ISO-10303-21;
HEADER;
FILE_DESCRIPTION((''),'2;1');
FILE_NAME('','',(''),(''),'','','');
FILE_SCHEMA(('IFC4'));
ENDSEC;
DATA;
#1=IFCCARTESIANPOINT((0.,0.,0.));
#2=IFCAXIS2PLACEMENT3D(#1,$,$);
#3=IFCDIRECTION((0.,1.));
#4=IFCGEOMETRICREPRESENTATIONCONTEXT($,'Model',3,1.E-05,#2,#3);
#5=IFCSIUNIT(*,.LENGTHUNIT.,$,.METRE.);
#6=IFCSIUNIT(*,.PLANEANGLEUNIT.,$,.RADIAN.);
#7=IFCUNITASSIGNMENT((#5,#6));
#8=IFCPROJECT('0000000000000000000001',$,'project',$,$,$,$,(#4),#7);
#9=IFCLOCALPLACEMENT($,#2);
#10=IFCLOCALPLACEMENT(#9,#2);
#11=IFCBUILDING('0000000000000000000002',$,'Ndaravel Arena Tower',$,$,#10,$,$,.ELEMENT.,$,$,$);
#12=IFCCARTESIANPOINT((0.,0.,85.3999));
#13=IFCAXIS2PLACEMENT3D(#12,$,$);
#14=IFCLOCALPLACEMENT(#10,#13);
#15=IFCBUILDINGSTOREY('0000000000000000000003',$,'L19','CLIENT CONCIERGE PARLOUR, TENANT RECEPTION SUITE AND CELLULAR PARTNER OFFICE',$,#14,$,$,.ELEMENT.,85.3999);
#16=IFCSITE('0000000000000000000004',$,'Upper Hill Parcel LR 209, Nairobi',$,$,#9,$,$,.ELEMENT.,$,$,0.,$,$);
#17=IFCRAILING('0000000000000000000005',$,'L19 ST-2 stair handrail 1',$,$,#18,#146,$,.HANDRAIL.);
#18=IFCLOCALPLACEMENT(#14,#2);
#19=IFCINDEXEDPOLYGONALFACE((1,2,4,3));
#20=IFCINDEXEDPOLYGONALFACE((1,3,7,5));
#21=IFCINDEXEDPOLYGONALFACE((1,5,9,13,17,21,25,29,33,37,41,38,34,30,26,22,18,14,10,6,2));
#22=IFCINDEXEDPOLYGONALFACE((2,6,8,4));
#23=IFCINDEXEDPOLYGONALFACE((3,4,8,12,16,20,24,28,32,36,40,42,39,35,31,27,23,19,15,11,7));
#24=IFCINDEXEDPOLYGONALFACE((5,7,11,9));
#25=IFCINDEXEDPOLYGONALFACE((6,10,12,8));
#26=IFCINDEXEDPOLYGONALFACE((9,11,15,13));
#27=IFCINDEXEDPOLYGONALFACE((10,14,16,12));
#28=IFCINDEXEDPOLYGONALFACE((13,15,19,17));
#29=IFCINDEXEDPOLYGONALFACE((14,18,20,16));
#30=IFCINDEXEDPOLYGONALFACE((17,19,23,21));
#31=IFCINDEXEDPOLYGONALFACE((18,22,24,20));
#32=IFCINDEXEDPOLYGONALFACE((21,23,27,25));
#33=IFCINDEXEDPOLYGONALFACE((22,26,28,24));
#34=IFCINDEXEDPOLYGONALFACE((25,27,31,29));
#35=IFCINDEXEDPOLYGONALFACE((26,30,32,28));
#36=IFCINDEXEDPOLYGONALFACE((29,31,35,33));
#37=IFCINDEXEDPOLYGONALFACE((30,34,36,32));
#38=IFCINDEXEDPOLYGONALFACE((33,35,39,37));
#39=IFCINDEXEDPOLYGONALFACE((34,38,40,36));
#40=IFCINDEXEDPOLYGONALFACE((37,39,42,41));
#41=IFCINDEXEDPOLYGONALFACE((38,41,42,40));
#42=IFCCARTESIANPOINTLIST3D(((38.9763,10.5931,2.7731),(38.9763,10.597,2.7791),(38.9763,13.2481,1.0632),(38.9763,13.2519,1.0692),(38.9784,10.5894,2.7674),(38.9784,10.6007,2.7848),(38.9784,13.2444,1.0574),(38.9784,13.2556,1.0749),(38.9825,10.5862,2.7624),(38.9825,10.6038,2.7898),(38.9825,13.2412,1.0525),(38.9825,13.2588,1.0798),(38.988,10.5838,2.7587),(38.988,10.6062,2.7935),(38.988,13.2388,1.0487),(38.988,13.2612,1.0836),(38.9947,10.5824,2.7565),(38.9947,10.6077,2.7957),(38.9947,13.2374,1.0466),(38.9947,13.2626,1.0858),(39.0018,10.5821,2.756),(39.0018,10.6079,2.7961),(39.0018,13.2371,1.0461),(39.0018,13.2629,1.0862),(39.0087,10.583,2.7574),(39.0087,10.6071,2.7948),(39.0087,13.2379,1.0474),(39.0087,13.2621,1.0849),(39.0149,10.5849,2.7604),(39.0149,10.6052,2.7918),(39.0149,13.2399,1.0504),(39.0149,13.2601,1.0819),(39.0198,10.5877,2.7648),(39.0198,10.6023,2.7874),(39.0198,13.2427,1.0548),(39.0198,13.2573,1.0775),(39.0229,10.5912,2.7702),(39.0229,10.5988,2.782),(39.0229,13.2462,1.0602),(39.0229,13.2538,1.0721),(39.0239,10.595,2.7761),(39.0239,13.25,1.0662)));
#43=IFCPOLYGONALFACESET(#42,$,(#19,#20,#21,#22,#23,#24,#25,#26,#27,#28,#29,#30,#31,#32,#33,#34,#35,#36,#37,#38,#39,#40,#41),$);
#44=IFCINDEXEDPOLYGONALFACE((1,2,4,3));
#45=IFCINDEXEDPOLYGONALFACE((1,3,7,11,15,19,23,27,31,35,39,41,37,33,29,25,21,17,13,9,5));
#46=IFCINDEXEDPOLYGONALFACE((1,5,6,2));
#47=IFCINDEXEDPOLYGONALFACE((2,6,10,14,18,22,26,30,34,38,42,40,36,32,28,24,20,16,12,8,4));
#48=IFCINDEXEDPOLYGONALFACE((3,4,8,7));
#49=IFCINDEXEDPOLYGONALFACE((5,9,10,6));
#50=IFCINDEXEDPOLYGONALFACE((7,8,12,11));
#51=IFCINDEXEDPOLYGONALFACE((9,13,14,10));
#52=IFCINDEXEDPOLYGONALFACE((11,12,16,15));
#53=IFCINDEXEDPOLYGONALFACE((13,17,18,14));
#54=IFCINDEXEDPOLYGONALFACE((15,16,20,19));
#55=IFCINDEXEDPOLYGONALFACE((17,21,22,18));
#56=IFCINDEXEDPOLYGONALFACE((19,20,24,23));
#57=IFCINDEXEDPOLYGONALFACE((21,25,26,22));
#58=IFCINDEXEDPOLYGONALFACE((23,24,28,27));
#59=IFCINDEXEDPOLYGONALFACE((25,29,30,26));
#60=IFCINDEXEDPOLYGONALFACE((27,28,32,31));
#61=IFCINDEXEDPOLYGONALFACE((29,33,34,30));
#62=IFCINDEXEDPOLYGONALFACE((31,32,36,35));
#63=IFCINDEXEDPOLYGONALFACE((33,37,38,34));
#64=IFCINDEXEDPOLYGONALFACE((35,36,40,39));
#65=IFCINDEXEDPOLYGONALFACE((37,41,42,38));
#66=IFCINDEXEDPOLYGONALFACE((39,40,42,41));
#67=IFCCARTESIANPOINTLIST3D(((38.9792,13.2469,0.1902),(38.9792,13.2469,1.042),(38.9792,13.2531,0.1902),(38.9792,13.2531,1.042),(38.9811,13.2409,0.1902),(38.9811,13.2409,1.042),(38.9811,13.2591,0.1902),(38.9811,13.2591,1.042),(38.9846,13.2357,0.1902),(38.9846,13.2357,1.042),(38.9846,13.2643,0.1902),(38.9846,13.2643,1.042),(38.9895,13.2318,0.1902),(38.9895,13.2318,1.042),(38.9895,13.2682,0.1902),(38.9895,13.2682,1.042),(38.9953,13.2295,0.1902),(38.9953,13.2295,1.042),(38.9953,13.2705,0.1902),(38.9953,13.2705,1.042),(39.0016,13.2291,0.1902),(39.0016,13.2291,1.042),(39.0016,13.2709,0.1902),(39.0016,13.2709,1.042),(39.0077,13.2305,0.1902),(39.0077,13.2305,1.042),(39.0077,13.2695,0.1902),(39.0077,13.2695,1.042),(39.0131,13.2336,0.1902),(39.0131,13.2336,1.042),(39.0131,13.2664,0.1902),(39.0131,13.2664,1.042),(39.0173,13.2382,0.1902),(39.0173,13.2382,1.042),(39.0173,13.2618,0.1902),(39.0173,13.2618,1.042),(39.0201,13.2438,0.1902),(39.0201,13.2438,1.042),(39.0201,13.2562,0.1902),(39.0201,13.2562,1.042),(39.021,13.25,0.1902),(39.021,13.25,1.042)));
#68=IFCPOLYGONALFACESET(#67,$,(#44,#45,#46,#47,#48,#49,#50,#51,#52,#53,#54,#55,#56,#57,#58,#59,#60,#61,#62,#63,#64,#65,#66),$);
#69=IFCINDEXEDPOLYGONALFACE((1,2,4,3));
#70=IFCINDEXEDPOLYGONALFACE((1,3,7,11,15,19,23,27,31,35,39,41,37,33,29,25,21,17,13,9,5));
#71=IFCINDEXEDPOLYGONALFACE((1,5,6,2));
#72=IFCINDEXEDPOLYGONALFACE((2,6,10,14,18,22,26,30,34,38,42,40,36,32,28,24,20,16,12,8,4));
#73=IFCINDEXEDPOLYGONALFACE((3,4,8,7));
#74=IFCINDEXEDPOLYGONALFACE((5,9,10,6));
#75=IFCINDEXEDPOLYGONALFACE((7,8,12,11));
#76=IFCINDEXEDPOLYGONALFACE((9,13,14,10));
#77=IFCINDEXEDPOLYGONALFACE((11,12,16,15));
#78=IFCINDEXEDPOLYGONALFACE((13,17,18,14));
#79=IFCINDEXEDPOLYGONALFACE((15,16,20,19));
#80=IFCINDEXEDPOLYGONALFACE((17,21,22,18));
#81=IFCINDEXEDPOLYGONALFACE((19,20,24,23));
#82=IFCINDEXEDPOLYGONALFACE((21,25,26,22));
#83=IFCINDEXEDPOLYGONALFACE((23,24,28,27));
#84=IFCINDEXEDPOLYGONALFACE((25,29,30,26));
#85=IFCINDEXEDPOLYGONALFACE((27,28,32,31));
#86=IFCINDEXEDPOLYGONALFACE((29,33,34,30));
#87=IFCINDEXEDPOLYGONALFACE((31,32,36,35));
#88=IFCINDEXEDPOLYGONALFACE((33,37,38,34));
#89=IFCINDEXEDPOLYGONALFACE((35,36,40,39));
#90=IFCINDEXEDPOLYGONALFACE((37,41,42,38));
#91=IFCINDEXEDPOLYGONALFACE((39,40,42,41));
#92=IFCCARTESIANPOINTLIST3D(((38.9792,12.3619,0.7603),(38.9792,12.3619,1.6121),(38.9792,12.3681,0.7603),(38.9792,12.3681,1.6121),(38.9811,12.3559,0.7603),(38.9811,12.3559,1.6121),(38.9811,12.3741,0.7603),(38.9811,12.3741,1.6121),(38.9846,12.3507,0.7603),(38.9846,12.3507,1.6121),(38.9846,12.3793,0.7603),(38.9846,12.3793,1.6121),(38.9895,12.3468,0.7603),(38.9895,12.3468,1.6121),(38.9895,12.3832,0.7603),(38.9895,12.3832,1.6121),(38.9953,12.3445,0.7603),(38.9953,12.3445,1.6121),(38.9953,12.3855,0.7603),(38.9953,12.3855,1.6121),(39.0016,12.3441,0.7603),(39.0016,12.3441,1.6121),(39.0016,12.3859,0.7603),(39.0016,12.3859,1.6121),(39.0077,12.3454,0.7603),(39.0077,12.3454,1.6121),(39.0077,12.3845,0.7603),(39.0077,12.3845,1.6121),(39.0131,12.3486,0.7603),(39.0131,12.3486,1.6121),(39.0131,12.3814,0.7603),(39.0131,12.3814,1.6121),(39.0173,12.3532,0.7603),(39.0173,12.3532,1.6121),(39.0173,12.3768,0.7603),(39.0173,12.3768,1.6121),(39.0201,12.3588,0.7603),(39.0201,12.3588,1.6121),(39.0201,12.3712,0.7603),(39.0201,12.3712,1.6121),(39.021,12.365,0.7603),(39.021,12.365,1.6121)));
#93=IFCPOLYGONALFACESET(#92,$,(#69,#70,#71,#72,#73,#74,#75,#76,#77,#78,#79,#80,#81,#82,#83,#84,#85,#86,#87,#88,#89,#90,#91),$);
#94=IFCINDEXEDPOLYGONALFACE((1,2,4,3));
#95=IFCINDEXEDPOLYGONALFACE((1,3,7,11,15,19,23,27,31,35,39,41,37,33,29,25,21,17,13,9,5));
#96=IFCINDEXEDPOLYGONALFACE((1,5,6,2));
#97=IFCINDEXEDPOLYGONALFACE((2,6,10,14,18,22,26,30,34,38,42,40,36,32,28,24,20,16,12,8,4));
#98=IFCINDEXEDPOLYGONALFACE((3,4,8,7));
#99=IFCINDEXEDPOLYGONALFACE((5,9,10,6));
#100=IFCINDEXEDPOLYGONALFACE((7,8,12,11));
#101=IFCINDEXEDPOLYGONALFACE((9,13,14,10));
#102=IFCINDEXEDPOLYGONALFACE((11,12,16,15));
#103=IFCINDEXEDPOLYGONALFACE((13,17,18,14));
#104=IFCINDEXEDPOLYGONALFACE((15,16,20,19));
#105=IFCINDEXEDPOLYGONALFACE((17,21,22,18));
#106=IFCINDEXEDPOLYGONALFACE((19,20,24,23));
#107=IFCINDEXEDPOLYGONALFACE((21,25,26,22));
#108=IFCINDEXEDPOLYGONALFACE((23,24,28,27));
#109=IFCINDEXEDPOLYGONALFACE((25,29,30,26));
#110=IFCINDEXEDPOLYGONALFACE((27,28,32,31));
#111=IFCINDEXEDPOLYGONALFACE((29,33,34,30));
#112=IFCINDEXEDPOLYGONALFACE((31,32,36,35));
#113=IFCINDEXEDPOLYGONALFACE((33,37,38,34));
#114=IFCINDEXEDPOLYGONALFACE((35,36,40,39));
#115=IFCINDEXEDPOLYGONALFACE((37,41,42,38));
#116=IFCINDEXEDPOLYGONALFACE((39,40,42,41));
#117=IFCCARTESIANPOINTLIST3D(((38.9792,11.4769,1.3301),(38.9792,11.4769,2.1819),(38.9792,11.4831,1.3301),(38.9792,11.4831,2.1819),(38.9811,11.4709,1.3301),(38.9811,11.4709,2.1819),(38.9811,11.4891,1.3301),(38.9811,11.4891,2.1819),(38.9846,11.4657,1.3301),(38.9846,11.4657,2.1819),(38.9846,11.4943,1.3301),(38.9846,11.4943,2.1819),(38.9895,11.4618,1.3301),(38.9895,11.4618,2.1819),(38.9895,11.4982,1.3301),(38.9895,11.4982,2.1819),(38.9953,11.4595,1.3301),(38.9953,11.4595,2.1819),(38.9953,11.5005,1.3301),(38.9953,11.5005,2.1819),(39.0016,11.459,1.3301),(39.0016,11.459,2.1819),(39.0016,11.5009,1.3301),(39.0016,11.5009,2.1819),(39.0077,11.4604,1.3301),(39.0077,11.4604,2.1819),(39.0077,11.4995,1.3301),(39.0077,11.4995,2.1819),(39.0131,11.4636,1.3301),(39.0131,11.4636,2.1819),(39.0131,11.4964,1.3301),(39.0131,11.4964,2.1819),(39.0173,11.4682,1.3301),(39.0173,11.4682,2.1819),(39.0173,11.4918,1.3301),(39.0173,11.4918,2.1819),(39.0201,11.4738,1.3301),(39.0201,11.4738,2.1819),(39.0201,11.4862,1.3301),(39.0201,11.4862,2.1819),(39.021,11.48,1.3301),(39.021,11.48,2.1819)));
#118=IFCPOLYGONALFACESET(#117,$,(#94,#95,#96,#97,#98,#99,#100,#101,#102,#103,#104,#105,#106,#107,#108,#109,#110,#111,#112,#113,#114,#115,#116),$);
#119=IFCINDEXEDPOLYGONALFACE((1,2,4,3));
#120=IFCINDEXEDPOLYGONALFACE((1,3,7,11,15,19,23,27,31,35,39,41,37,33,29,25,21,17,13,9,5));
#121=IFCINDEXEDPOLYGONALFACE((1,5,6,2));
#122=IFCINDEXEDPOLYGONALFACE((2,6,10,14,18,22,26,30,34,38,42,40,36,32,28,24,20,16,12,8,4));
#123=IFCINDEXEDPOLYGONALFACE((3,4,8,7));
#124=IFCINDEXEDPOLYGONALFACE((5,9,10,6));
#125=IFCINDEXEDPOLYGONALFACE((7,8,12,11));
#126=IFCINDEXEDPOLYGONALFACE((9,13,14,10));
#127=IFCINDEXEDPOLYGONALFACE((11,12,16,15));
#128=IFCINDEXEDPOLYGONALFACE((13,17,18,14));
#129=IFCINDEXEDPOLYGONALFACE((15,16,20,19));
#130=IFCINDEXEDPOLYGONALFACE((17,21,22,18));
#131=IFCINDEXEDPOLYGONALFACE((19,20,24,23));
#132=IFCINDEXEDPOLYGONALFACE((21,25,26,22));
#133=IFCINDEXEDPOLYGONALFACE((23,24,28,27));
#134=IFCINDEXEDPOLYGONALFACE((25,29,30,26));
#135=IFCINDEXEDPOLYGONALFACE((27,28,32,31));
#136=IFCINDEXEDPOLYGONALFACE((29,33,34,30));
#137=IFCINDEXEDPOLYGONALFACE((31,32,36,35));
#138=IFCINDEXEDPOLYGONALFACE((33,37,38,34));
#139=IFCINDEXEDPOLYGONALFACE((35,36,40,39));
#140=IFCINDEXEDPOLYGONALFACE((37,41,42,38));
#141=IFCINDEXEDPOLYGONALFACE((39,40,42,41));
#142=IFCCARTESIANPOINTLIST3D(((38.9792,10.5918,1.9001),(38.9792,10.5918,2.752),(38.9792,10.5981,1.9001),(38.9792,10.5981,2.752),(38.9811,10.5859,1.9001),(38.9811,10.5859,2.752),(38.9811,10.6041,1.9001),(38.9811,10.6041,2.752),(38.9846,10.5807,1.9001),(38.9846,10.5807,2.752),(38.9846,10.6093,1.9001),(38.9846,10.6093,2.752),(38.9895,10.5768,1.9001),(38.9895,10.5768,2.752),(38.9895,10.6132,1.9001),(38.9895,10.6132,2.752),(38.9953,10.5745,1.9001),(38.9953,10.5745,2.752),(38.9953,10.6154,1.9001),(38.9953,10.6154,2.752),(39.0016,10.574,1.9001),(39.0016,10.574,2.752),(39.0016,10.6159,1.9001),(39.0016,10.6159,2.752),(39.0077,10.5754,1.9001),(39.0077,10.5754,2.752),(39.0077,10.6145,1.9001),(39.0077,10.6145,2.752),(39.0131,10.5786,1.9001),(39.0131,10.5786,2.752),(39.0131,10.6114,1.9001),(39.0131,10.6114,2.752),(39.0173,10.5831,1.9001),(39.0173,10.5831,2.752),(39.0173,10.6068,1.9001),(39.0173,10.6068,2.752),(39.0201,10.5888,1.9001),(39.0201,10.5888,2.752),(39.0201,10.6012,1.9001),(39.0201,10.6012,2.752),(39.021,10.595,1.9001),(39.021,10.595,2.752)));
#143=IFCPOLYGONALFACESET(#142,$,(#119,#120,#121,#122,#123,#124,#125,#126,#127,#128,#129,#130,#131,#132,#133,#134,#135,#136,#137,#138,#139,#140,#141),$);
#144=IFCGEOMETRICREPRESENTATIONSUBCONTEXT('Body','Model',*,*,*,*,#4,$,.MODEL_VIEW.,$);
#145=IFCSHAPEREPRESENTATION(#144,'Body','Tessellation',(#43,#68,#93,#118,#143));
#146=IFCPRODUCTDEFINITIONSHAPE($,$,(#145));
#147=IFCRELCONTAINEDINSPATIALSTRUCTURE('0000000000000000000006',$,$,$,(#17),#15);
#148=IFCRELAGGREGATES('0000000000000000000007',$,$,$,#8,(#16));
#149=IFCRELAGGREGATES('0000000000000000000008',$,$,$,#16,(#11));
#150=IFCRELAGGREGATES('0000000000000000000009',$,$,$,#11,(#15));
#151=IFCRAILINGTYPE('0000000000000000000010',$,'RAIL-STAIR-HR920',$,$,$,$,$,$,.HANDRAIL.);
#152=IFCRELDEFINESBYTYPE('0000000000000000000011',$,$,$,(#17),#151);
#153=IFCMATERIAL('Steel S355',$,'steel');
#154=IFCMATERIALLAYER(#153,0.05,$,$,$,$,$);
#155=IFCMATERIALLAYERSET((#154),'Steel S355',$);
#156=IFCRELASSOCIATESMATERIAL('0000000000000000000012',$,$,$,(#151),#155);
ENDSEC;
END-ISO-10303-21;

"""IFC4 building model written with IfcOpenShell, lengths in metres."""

from ifc_helpers import new_model, si_unit, direction, frame, origin, origin_2d, place, context, subcontext, project, spatial, circle, extrude, material, layer, layer_set, type_object, element, save


model = new_model("IFC4")

# Units and contexts
model_context = context("Model", 3, precision=1e-05, world=origin(), true_north=direction((0.0, 1.0)))
body_context = subcontext(model_context, "Body", "Model", "MODEL_VIEW")
ifc_project = project(units=[si_unit("LENGTHUNIT", "METRE"), si_unit("PLANEANGLEUNIT", "RADIAN")], contexts=[model_context])

# Site, building, storey
site_placement = place(None, origin())
site = spatial("IfcSite", under=ifc_project, at=site_placement, Name="Upper Hill Parcel LR 209, Nairobi", CompositionType="ELEMENT", RefElevation=0.0)
building_placement = place(site_placement, origin())
building = spatial("IfcBuilding", under=site, at=building_placement, Name="Ndaravel Arena Tower", CompositionType="ELEMENT")
storey_placement = place(building_placement, frame((0.0, 0.0, 85.3999)))
storey = spatial("IfcBuildingStorey", under=building, at=storey_placement, Name="L19", Description="CLIENT CONCIERGE PARLOUR, TENANT RECEPTION SUITE AND CELLULAR PARTNER OFFICE", CompositionType="ELEMENT", Elevation=85.3999)

# Railing
ifc_material_1 = material(Name="Steel S355", Category="steel")
ifc_layer_1 = layer(ifc_material_1, 0.05)
ifc_layer_set_1 = layer_set([ifc_layer_1], Name="Steel S355")
railing_type_1 = type_object("IfcRailingType", Name="RAIL-STAIR-HR920", PredefinedType="HANDRAIL", material=ifc_layer_set_1)
railing_1_placement = place(storey_placement, frame((39.0, 13.25, 0.1902)))
element("IfcRailing", 1, at=railing_1_placement, inside=storey, type_object=railing_type_1, Name="L19 ST-2 stair handrail 1", PredefinedType="HANDRAIL", context=body_context, shape_type="SweptSolid", body=[
    extrude(circle(Radius=0.0239, at=origin_2d()), frame((0.0, 0.0, 0.876), z_axis=(0.0, -0.840724, 0.541465), x_axis=(1.0, 0.0, 0.0)), (0.0, 0.0, 1.0), 3.158),
    extrude(circle(Radius=0.021, at=origin_2d()), origin(), (0.0, 0.0, 1.0), 0.8518),
    extrude(circle(Radius=0.021, at=origin_2d()), frame((0.0, -0.885, 0.5701)), (0.0, 0.0, 1.0), 0.8518),
    extrude(circle(Radius=0.021, at=origin_2d()), frame((0.0, -1.77, 1.1399)), (0.0, 0.0, 1.0), 0.8518),
    extrude(circle(Radius=0.021, at=origin_2d()), frame((0.0, -2.655, 1.71)), (0.0, 0.0, 1.0), 0.8518),
])

save(model, "model.ifc")
